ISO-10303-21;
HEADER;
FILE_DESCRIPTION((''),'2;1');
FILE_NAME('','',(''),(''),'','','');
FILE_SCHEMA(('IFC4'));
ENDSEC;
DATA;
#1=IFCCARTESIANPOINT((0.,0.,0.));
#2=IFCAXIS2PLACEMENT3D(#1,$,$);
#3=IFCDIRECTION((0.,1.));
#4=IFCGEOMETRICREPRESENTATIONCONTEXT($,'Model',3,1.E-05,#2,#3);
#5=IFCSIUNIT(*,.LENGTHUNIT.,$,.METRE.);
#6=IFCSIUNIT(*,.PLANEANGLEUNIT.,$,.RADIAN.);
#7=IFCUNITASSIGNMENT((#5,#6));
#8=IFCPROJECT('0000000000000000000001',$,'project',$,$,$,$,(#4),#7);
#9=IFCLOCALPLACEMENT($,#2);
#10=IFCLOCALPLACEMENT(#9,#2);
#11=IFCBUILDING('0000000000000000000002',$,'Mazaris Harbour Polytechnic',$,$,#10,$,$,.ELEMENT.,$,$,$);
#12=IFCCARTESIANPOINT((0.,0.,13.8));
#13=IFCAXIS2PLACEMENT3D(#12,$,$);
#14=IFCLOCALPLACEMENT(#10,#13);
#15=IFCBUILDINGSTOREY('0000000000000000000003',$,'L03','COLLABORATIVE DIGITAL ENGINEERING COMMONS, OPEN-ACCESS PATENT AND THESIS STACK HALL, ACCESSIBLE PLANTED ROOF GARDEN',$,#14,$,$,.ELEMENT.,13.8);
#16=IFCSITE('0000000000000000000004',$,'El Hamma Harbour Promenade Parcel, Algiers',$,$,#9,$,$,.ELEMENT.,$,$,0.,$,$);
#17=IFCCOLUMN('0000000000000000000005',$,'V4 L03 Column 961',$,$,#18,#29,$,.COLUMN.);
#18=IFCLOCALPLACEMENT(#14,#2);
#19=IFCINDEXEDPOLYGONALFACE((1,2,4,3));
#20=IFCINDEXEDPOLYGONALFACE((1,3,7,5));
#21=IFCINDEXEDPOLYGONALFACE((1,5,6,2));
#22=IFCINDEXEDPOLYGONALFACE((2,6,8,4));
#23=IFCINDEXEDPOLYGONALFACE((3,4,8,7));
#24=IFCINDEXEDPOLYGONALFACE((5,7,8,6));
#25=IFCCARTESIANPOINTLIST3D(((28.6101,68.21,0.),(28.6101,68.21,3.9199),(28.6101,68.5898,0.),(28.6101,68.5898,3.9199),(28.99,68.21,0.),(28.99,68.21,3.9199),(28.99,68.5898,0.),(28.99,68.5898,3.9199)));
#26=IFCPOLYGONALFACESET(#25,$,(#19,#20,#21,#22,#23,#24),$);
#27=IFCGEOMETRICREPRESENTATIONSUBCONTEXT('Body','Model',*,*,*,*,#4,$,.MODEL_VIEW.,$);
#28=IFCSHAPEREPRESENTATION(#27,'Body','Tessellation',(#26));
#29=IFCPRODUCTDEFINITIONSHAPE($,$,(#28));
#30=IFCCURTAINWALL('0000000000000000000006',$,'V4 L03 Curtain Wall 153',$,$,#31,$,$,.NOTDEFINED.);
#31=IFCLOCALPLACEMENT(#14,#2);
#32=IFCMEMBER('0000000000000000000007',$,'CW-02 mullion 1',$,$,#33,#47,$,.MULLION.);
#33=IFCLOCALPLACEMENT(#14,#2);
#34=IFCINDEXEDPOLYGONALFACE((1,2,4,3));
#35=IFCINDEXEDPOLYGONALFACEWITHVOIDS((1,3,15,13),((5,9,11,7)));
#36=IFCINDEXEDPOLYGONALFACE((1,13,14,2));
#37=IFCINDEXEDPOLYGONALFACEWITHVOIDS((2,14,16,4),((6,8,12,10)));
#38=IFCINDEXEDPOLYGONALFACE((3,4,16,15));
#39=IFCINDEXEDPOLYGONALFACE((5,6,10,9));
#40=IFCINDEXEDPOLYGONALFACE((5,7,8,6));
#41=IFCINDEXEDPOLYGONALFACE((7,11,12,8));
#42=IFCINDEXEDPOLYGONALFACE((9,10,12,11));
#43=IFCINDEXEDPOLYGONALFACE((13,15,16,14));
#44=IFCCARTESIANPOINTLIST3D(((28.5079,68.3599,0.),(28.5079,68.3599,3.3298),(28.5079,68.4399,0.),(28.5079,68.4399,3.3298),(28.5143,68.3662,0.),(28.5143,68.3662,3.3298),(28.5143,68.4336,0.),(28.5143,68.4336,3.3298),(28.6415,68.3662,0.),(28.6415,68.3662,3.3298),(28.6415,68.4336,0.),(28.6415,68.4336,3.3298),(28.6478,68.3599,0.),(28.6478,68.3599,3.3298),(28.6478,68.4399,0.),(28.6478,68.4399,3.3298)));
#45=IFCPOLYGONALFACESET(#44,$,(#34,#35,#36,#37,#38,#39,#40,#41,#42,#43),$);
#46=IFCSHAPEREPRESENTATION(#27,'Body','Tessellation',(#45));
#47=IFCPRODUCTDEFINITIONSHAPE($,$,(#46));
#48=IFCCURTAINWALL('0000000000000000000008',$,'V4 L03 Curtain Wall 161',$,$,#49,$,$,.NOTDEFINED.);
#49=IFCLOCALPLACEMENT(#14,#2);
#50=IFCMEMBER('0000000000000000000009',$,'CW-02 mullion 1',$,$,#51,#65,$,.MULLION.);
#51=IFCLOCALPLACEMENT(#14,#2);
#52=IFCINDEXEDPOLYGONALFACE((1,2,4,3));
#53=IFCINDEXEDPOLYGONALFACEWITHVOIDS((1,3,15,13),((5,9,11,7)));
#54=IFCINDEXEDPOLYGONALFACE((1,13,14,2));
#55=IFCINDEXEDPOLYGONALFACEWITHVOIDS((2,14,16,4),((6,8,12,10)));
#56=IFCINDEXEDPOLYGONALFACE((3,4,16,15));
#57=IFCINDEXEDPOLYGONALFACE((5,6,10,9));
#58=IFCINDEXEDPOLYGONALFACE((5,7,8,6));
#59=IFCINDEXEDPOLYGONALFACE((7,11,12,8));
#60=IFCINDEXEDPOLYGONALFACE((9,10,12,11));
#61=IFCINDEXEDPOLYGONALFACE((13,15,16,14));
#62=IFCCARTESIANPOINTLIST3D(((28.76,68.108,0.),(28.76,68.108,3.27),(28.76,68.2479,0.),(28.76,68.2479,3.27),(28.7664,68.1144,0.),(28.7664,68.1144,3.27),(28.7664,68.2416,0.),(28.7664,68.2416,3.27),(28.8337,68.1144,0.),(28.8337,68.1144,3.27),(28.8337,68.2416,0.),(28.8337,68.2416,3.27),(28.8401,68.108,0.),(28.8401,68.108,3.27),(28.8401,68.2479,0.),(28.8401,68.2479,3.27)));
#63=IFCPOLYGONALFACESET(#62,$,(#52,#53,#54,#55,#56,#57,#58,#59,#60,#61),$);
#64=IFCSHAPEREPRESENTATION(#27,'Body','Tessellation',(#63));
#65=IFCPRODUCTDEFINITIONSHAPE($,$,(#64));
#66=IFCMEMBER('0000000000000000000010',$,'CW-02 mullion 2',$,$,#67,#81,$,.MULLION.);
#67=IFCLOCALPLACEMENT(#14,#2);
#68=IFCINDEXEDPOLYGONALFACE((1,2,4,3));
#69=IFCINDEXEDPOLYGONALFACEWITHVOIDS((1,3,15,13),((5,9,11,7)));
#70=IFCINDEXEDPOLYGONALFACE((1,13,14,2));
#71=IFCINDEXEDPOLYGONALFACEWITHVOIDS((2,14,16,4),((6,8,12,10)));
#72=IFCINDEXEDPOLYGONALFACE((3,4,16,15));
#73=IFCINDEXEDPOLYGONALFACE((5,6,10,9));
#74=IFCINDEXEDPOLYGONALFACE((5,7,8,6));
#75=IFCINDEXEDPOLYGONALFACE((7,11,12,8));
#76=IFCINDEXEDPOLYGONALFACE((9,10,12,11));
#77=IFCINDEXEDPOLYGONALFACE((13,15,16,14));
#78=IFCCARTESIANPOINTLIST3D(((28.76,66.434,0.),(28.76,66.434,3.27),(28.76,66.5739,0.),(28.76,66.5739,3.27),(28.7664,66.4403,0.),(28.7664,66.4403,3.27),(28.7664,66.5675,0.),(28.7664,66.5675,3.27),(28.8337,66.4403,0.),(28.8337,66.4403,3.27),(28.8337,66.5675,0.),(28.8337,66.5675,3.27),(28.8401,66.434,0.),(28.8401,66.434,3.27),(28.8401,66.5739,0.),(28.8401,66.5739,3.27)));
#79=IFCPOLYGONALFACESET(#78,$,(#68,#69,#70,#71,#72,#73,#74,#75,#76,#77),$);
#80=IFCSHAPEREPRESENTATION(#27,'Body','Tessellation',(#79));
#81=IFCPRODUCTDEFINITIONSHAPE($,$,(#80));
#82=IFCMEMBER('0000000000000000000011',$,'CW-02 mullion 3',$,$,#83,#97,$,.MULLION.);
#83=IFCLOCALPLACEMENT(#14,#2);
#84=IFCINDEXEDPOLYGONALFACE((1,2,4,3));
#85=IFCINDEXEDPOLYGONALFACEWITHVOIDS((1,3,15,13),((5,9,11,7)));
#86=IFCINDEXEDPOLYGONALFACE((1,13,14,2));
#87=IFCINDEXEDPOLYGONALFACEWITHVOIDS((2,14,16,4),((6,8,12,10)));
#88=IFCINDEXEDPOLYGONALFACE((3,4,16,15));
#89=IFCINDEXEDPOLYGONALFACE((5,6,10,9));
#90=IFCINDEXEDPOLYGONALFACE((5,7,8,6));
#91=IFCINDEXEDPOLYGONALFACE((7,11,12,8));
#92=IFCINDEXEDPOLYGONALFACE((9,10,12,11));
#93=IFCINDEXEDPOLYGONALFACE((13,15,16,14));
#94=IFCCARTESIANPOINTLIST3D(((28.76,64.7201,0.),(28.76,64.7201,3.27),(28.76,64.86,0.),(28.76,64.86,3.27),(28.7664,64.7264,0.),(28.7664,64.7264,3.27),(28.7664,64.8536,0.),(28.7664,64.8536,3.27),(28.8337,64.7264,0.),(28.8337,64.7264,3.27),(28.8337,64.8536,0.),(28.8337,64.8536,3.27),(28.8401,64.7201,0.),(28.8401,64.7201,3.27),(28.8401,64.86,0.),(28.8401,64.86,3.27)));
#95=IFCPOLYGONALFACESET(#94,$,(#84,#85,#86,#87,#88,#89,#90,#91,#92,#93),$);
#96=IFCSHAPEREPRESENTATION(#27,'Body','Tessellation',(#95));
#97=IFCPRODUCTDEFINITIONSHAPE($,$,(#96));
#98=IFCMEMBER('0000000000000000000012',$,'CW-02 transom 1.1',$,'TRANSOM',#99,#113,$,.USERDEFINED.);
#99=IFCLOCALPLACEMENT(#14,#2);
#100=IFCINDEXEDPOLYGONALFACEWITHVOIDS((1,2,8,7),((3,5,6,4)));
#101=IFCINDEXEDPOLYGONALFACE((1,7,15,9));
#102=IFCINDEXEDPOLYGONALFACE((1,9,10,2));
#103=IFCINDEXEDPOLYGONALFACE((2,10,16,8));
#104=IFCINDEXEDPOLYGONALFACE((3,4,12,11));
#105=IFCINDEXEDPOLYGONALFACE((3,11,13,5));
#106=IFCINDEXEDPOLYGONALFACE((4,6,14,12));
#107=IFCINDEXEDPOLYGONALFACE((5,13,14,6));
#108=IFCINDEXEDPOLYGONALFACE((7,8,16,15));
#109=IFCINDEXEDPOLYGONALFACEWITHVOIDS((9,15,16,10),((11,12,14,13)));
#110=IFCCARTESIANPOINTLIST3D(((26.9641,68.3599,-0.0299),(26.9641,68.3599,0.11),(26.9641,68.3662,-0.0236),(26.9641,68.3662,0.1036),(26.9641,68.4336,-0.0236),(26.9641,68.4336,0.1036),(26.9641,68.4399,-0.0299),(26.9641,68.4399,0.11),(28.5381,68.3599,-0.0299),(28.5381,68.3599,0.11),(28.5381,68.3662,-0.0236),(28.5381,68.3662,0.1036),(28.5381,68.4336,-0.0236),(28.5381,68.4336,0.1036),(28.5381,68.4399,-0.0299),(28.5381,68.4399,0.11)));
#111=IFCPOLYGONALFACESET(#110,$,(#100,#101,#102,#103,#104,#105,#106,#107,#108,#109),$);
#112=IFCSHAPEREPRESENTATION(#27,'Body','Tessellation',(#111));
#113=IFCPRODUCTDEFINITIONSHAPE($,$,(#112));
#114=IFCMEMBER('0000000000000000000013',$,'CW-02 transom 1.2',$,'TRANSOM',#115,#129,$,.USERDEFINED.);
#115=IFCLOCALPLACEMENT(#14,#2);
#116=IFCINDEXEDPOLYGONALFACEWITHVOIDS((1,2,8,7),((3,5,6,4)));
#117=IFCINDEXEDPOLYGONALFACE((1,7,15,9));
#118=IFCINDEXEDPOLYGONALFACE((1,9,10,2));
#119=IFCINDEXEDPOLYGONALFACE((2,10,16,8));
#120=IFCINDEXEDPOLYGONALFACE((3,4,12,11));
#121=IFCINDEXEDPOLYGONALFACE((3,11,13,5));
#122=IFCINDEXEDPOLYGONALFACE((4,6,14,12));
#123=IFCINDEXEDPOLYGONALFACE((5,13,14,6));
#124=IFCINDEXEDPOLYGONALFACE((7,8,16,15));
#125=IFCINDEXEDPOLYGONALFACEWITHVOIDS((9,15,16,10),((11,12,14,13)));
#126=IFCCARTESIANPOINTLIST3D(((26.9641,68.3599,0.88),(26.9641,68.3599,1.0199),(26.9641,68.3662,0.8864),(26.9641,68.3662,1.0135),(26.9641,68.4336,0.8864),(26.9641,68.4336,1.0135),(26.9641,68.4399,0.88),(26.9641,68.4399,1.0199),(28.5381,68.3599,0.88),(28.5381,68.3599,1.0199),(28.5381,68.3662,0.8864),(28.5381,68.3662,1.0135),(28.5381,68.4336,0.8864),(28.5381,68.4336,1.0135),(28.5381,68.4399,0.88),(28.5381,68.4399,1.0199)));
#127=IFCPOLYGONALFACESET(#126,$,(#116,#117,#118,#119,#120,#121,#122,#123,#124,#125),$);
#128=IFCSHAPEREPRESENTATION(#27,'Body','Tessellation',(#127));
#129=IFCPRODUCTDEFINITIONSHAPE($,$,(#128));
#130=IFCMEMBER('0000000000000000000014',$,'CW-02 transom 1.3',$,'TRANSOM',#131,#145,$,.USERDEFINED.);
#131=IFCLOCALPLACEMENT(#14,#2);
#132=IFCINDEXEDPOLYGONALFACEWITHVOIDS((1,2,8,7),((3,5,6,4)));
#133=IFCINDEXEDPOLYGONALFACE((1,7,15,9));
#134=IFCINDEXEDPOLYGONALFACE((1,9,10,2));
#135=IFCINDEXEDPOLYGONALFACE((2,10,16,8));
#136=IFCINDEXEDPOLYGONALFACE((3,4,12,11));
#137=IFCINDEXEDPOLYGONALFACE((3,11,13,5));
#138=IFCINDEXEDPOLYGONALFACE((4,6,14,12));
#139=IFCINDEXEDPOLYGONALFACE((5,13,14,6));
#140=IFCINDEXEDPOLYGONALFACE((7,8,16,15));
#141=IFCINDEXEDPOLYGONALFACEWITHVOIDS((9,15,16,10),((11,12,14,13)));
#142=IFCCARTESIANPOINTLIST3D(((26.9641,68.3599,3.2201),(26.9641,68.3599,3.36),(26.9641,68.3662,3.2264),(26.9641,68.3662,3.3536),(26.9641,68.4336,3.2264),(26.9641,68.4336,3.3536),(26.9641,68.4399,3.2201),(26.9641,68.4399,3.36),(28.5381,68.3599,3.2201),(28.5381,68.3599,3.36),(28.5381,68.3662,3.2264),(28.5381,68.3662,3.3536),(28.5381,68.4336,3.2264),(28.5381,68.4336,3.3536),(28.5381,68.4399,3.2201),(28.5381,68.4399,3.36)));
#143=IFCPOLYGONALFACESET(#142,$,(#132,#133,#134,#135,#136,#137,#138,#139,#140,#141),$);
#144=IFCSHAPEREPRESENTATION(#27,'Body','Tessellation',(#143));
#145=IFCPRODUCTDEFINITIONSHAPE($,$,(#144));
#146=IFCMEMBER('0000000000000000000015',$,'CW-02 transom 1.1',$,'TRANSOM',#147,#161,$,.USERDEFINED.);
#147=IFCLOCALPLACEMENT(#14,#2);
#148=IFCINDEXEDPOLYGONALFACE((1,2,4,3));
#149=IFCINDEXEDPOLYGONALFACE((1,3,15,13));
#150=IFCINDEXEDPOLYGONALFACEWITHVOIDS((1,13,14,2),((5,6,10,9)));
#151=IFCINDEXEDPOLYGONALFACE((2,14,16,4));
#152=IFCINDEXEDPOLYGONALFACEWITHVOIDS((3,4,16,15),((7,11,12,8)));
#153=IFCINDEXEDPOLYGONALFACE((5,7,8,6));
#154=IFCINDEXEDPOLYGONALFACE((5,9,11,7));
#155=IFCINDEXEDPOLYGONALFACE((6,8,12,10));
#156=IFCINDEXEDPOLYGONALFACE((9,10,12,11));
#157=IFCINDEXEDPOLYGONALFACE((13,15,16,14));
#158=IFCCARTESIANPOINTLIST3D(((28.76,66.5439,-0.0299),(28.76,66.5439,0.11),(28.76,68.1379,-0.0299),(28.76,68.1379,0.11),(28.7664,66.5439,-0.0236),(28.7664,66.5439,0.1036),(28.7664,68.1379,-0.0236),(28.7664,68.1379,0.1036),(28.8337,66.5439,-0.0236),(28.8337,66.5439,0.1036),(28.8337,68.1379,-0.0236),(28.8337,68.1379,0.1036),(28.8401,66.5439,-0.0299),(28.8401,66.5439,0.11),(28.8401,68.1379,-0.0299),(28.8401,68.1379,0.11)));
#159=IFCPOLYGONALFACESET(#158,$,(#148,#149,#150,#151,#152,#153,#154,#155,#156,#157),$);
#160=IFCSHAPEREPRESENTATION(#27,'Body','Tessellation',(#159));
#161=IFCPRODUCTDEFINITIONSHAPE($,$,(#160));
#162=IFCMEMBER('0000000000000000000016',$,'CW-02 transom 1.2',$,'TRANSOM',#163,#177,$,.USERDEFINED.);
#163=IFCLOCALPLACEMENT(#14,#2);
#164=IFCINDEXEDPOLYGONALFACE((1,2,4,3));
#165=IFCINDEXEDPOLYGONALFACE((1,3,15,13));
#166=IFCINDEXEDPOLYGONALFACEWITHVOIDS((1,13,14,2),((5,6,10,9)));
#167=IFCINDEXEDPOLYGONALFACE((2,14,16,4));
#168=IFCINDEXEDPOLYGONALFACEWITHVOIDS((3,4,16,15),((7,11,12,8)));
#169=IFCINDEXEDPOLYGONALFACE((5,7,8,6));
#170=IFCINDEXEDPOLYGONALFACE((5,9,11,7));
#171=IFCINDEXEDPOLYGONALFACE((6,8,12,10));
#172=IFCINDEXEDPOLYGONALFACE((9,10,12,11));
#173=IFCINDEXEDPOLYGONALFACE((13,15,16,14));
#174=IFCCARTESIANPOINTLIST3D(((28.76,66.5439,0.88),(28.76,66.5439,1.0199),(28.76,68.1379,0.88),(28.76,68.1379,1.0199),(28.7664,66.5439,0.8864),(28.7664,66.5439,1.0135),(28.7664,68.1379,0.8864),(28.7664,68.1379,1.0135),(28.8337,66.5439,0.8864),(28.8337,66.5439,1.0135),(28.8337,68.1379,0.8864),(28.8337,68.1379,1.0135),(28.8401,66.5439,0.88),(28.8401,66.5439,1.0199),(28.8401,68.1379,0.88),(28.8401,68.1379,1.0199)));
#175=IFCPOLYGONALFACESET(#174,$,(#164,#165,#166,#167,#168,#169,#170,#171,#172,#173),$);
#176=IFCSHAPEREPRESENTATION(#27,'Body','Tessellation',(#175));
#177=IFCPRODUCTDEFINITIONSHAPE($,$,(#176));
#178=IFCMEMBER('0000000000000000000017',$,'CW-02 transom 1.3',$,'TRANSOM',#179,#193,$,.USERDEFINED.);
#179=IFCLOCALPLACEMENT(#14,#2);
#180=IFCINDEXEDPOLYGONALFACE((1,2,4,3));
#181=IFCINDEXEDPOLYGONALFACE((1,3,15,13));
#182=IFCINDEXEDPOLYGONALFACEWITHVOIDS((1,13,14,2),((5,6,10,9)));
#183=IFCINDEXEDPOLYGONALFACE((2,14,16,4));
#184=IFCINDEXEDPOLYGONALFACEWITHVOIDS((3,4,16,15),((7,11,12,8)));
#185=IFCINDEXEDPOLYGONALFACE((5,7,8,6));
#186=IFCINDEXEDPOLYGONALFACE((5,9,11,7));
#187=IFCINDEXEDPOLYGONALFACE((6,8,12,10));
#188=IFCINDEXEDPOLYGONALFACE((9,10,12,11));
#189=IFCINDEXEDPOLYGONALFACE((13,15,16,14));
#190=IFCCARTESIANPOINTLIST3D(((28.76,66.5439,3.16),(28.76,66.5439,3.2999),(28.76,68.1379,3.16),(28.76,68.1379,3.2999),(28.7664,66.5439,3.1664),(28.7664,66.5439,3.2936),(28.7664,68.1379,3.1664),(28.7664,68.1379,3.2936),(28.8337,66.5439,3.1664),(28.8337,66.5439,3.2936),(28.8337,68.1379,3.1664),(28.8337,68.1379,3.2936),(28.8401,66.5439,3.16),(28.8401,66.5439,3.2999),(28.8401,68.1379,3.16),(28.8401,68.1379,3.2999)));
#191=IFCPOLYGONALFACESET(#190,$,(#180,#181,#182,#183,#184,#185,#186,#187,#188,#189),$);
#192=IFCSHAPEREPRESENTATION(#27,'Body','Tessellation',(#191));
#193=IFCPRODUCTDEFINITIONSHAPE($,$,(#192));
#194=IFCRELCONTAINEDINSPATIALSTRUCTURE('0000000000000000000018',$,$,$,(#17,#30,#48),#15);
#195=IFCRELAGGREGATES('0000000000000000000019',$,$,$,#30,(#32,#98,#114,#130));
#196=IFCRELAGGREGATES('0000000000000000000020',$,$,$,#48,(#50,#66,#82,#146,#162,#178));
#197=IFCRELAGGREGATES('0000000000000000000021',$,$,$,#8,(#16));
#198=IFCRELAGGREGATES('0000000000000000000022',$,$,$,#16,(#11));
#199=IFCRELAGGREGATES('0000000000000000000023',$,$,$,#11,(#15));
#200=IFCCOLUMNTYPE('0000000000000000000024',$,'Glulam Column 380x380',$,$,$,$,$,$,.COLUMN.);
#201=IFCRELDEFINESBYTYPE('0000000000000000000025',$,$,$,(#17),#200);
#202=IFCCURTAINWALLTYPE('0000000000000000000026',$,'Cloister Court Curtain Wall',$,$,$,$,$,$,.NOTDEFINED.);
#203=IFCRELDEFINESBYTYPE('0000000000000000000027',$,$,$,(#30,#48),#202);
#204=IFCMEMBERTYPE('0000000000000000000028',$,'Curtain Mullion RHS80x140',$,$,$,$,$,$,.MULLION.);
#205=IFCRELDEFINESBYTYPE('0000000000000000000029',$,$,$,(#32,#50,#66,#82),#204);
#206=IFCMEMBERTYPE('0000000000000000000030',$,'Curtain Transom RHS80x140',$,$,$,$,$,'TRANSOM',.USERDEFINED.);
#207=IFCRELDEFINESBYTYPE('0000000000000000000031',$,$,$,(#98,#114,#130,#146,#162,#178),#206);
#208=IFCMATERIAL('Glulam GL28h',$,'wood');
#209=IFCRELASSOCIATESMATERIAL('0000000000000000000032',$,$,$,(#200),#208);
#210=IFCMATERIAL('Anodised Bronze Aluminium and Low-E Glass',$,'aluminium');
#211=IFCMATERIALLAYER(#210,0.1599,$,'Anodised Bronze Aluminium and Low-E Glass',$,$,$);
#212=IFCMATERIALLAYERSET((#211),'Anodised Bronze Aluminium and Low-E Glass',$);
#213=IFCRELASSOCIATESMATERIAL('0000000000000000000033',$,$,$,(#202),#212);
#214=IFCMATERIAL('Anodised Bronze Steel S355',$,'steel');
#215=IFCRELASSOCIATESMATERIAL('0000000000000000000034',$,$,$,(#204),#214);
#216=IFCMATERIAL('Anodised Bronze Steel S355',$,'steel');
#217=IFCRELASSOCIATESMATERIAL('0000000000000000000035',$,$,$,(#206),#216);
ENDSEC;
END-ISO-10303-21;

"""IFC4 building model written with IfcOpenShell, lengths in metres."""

from ifc_helpers import new_model, si_unit, direction, frame, origin, origin_2d, place, context, subcontext, project, spatial, rectangle, hollow_rectangle, extrude, material, layer, layer_set, material_profile, profile_set, type_object, element, aggregate, save


model = new_model("IFC4")

# Units and contexts
model_context = context("Model", 3, precision=1e-05, world=origin(), true_north=direction((0.0, 1.0)))
body_context = subcontext(model_context, "Body", "Model", "MODEL_VIEW")
ifc_project = project(units=[si_unit("LENGTHUNIT", "METRE"), si_unit("PLANEANGLEUNIT", "RADIAN")], contexts=[model_context])

# Site, building, storey
site_placement = place(None, origin())
site = spatial("IfcSite", under=ifc_project, at=site_placement, Name="El Hamma Harbour Promenade Parcel, Algiers", CompositionType="ELEMENT", RefElevation=0.0)
building_placement = place(site_placement, origin())
building = spatial("IfcBuilding", under=site, at=building_placement, Name="Mazaris Harbour Polytechnic", CompositionType="ELEMENT")
storey_placement = place(building_placement, frame((0.0, 0.0, 13.8)))
storey = spatial("IfcBuildingStorey", under=building, at=storey_placement, Name="L03", Description="COLLABORATIVE DIGITAL ENGINEERING COMMONS, OPEN-ACCESS PATENT AND THESIS STACK HALL, ACCESSIBLE PLANTED ROOF GARDEN", CompositionType="ELEMENT", Elevation=13.8)

# Column
ifc_material_1 = material(Name="Glulam GL28h", Category="wood")
ifc_material_profile_1 = material_profile(ifc_material_1, rectangle(XDim=0.3799, YDim=0.3799, at=origin_2d()), Name="RECT380x380")
ifc_profile_set_1 = profile_set([ifc_material_profile_1], Name="Glulam GL28h")
column_type = type_object("IfcColumnType", Name="Glulam Column 380x380", PredefinedType="COLUMN", material=ifc_profile_set_1)
column_placement = place(storey_placement, frame((28.8, 68.3999, 0.0), z_axis=(0.0, 0.0, 1.0), x_axis=(1.0, 0.0, 0.0)))
element("IfcColumn", 1, at=column_placement, inside=storey, type_object=column_type, Name="V4 L03 Column 961", PredefinedType="COLUMN", context=body_context, shape_type="SweptSolid", body=[
    extrude(rectangle(XDim=0.3799, YDim=0.3799, at=origin_2d()), origin(), (0.0, 0.0, 1.0), 3.9199),
])

# Curtain wall, member
ifc_material_2 = material(Name="Anodised Bronze Aluminium and Low-E Glass", Category="aluminium")
ifc_layer_1 = layer(ifc_material_2, 0.1599, Name="Anodised Bronze Aluminium and Low-E Glass")
ifc_layer_set_1 = layer_set([ifc_layer_1], Name="Anodised Bronze Aluminium and Low-E Glass")
curtain_wall_type = type_object("IfcCurtainWallType", Name="Cloister Court Curtain Wall", PredefinedType="NOTDEFINED", material=ifc_layer_set_1)
curtain_wall_1_placement = place(storey_placement, origin())
curtain_wall_1 = element("IfcCurtainWall", 2, at=curtain_wall_1_placement, inside=storey, type_object=curtain_wall_type, Name="V4 L03 Curtain Wall 153", PredefinedType="NOTDEFINED")
ifc_material_3 = material(Name="Anodised Bronze Steel S355", Category="steel")
ifc_material_profile_2 = material_profile(ifc_material_3, hollow_rectangle(XDim=0.0801, YDim=0.1399, WallThickness=0.0063, at=origin_2d()), Name="RHS 80x140x6.3")
ifc_profile_set_2 = profile_set([ifc_material_profile_2], Name="Anodised Bronze Steel S355")
member_type_1 = type_object("IfcMemberType", Name="Curtain Mullion RHS80x140", PredefinedType="MULLION", material=ifc_profile_set_2)
member_1_placement = place(storey_placement, frame((28.5779, 68.3999, 0.0), z_axis=(0.0, 0.0, 1.0), x_axis=(0.0, -1.0, 0.0)))
member_1 = element("IfcMember", 3, at=member_1_placement, type_object=member_type_1, Name="CW-02 mullion 1", PredefinedType="MULLION", context=body_context, shape_type="SweptSolid", body=[
    extrude(hollow_rectangle(XDim=0.0801, YDim=0.1399, WallThickness=0.0063, at=origin_2d()), origin(), (0.0, 0.0, 1.0), 3.3298),
])

# Curtain wall, members
curtain_wall_2_placement = place(storey_placement, origin())
curtain_wall_2 = element("IfcCurtainWall", 4, at=curtain_wall_2_placement, inside=storey, type_object=curtain_wall_type, Name="V4 L03 Curtain Wall 161", PredefinedType="NOTDEFINED")
member_2_placement = place(storey_placement, frame((28.8, 68.178, 0.0), z_axis=(0.0, 0.0, 1.0), x_axis=(1.0, 0.0, 0.0)))
member_2 = element("IfcMember", 5, at=member_2_placement, type_object=member_type_1, Name="CW-02 mullion 1", PredefinedType="MULLION", context=body_context, shape_type="SweptSolid", body=[
    extrude(hollow_rectangle(XDim=0.0801, YDim=0.1399, WallThickness=0.0063, at=origin_2d()), origin(), (0.0, 0.0, 1.0), 3.27),
])
member_3_placement = place(storey_placement, frame((28.8, 66.5039, 0.0), z_axis=(0.0, 0.0, 1.0), x_axis=(1.0, 0.0, 0.0)))
member_3 = element("IfcMember", 6, at=member_3_placement, type_object=member_type_1, Name="CW-02 mullion 2", PredefinedType="MULLION", context=body_context, shape_type="SweptSolid", body=[
    extrude(hollow_rectangle(XDim=0.0801, YDim=0.1399, WallThickness=0.0063, at=origin_2d()), origin(), (0.0, 0.0, 1.0), 3.27),
])
member_4_placement = place(storey_placement, frame((28.8, 64.79, 0.0), z_axis=(0.0, 0.0, 1.0), x_axis=(1.0, 0.0, 0.0)))
member_4 = element("IfcMember", 7, at=member_4_placement, type_object=member_type_1, Name="CW-02 mullion 3", PredefinedType="MULLION", context=body_context, shape_type="SweptSolid", body=[
    extrude(hollow_rectangle(XDim=0.0801, YDim=0.1399, WallThickness=0.0063, at=origin_2d()), origin(), (0.0, 0.0, 1.0), 3.27),
])

# Members
ifc_material_4 = material(Name="Anodised Bronze Steel S355", Category="steel")
ifc_material_profile_3 = material_profile(ifc_material_4, hollow_rectangle(XDim=0.0801, YDim=0.1399, WallThickness=0.0063, at=origin_2d()), Name="RHS 80x140x6.3")
ifc_profile_set_3 = profile_set([ifc_material_profile_3], Name="Anodised Bronze Steel S355")
member_type_2 = type_object("IfcMemberType", Name="Curtain Transom RHS80x140", ElementType="TRANSOM", PredefinedType="USERDEFINED", material=ifc_profile_set_3)
member_5_placement = place(storey_placement, frame((28.5381, 68.3999, 0.04), z_axis=(-1.0, 0.0, 0.0), x_axis=(0.0, -1.0, 0.0)))
member_5 = element("IfcMember", 8, at=member_5_placement, type_object=member_type_2, Name="CW-02 transom 1.1", ObjectType="TRANSOM", PredefinedType="USERDEFINED", context=body_context, shape_type="SweptSolid", body=[
    extrude(hollow_rectangle(XDim=0.0801, YDim=0.1399, WallThickness=0.0063, at=origin_2d()), origin(), (0.0, 0.0, 1.0), 1.574),
])
member_6_placement = place(storey_placement, frame((28.5381, 68.3999, 0.95), z_axis=(-1.0, 0.0, 0.0), x_axis=(0.0, -1.0, 0.0)))
member_6 = element("IfcMember", 9, at=member_6_placement, type_object=member_type_2, Name="CW-02 transom 1.2", ObjectType="TRANSOM", PredefinedType="USERDEFINED", context=body_context, shape_type="SweptSolid", body=[
    extrude(hollow_rectangle(XDim=0.0801, YDim=0.1399, WallThickness=0.0063, at=origin_2d()), origin(), (0.0, 0.0, 1.0), 1.574),
])
member_7_placement = place(storey_placement, frame((28.5381, 68.3999, 3.29), z_axis=(-1.0, 0.0, 0.0), x_axis=(0.0, -1.0, 0.0)))
member_7 = element("IfcMember", 10, at=member_7_placement, type_object=member_type_2, Name="CW-02 transom 1.3", ObjectType="TRANSOM", PredefinedType="USERDEFINED", context=body_context, shape_type="SweptSolid", body=[
    extrude(hollow_rectangle(XDim=0.0801, YDim=0.1399, WallThickness=0.0063, at=origin_2d()), origin(), (0.0, 0.0, 1.0), 1.574),
])
aggregate(curtain_wall_1, [member_1, member_5, member_6, member_7])
member_8_placement = place(storey_placement, frame((28.8, 68.1379, 0.04), z_axis=(0.0, -1.0, 0.0), x_axis=(1.0, 0.0, 0.0)))
member_8 = element("IfcMember", 11, at=member_8_placement, type_object=member_type_2, Name="CW-02 transom 1.1", ObjectType="TRANSOM", PredefinedType="USERDEFINED", context=body_context, shape_type="SweptSolid", body=[
    extrude(hollow_rectangle(XDim=0.0801, YDim=0.1399, WallThickness=0.0063, at=origin_2d()), origin(), (0.0, 0.0, 1.0), 1.594),
])
member_9_placement = place(storey_placement, frame((28.8, 68.1379, 0.95), z_axis=(0.0, -1.0, 0.0), x_axis=(1.0, 0.0, 0.0)))
member_9 = element("IfcMember", 12, at=member_9_placement, type_object=member_type_2, Name="CW-02 transom 1.2", ObjectType="TRANSOM", PredefinedType="USERDEFINED", context=body_context, shape_type="SweptSolid", body=[
    extrude(hollow_rectangle(XDim=0.0801, YDim=0.1399, WallThickness=0.0063, at=origin_2d()), origin(), (0.0, 0.0, 1.0), 1.594),
])
member_10_placement = place(storey_placement, frame((28.8, 68.1379, 3.23), z_axis=(0.0, -1.0, 0.0), x_axis=(1.0, 0.0, 0.0)))
member_10 = element("IfcMember", 13, at=member_10_placement, type_object=member_type_2, Name="CW-02 transom 1.3", ObjectType="TRANSOM", PredefinedType="USERDEFINED", context=body_context, shape_type="SweptSolid", body=[
    extrude(hollow_rectangle(XDim=0.0801, YDim=0.1399, WallThickness=0.0063, at=origin_2d()), origin(), (0.0, 0.0, 1.0), 1.594),
])

aggregate(curtain_wall_2, [member_2, member_3, member_4, member_8, member_9, member_10])

save(model, "model.ifc")
